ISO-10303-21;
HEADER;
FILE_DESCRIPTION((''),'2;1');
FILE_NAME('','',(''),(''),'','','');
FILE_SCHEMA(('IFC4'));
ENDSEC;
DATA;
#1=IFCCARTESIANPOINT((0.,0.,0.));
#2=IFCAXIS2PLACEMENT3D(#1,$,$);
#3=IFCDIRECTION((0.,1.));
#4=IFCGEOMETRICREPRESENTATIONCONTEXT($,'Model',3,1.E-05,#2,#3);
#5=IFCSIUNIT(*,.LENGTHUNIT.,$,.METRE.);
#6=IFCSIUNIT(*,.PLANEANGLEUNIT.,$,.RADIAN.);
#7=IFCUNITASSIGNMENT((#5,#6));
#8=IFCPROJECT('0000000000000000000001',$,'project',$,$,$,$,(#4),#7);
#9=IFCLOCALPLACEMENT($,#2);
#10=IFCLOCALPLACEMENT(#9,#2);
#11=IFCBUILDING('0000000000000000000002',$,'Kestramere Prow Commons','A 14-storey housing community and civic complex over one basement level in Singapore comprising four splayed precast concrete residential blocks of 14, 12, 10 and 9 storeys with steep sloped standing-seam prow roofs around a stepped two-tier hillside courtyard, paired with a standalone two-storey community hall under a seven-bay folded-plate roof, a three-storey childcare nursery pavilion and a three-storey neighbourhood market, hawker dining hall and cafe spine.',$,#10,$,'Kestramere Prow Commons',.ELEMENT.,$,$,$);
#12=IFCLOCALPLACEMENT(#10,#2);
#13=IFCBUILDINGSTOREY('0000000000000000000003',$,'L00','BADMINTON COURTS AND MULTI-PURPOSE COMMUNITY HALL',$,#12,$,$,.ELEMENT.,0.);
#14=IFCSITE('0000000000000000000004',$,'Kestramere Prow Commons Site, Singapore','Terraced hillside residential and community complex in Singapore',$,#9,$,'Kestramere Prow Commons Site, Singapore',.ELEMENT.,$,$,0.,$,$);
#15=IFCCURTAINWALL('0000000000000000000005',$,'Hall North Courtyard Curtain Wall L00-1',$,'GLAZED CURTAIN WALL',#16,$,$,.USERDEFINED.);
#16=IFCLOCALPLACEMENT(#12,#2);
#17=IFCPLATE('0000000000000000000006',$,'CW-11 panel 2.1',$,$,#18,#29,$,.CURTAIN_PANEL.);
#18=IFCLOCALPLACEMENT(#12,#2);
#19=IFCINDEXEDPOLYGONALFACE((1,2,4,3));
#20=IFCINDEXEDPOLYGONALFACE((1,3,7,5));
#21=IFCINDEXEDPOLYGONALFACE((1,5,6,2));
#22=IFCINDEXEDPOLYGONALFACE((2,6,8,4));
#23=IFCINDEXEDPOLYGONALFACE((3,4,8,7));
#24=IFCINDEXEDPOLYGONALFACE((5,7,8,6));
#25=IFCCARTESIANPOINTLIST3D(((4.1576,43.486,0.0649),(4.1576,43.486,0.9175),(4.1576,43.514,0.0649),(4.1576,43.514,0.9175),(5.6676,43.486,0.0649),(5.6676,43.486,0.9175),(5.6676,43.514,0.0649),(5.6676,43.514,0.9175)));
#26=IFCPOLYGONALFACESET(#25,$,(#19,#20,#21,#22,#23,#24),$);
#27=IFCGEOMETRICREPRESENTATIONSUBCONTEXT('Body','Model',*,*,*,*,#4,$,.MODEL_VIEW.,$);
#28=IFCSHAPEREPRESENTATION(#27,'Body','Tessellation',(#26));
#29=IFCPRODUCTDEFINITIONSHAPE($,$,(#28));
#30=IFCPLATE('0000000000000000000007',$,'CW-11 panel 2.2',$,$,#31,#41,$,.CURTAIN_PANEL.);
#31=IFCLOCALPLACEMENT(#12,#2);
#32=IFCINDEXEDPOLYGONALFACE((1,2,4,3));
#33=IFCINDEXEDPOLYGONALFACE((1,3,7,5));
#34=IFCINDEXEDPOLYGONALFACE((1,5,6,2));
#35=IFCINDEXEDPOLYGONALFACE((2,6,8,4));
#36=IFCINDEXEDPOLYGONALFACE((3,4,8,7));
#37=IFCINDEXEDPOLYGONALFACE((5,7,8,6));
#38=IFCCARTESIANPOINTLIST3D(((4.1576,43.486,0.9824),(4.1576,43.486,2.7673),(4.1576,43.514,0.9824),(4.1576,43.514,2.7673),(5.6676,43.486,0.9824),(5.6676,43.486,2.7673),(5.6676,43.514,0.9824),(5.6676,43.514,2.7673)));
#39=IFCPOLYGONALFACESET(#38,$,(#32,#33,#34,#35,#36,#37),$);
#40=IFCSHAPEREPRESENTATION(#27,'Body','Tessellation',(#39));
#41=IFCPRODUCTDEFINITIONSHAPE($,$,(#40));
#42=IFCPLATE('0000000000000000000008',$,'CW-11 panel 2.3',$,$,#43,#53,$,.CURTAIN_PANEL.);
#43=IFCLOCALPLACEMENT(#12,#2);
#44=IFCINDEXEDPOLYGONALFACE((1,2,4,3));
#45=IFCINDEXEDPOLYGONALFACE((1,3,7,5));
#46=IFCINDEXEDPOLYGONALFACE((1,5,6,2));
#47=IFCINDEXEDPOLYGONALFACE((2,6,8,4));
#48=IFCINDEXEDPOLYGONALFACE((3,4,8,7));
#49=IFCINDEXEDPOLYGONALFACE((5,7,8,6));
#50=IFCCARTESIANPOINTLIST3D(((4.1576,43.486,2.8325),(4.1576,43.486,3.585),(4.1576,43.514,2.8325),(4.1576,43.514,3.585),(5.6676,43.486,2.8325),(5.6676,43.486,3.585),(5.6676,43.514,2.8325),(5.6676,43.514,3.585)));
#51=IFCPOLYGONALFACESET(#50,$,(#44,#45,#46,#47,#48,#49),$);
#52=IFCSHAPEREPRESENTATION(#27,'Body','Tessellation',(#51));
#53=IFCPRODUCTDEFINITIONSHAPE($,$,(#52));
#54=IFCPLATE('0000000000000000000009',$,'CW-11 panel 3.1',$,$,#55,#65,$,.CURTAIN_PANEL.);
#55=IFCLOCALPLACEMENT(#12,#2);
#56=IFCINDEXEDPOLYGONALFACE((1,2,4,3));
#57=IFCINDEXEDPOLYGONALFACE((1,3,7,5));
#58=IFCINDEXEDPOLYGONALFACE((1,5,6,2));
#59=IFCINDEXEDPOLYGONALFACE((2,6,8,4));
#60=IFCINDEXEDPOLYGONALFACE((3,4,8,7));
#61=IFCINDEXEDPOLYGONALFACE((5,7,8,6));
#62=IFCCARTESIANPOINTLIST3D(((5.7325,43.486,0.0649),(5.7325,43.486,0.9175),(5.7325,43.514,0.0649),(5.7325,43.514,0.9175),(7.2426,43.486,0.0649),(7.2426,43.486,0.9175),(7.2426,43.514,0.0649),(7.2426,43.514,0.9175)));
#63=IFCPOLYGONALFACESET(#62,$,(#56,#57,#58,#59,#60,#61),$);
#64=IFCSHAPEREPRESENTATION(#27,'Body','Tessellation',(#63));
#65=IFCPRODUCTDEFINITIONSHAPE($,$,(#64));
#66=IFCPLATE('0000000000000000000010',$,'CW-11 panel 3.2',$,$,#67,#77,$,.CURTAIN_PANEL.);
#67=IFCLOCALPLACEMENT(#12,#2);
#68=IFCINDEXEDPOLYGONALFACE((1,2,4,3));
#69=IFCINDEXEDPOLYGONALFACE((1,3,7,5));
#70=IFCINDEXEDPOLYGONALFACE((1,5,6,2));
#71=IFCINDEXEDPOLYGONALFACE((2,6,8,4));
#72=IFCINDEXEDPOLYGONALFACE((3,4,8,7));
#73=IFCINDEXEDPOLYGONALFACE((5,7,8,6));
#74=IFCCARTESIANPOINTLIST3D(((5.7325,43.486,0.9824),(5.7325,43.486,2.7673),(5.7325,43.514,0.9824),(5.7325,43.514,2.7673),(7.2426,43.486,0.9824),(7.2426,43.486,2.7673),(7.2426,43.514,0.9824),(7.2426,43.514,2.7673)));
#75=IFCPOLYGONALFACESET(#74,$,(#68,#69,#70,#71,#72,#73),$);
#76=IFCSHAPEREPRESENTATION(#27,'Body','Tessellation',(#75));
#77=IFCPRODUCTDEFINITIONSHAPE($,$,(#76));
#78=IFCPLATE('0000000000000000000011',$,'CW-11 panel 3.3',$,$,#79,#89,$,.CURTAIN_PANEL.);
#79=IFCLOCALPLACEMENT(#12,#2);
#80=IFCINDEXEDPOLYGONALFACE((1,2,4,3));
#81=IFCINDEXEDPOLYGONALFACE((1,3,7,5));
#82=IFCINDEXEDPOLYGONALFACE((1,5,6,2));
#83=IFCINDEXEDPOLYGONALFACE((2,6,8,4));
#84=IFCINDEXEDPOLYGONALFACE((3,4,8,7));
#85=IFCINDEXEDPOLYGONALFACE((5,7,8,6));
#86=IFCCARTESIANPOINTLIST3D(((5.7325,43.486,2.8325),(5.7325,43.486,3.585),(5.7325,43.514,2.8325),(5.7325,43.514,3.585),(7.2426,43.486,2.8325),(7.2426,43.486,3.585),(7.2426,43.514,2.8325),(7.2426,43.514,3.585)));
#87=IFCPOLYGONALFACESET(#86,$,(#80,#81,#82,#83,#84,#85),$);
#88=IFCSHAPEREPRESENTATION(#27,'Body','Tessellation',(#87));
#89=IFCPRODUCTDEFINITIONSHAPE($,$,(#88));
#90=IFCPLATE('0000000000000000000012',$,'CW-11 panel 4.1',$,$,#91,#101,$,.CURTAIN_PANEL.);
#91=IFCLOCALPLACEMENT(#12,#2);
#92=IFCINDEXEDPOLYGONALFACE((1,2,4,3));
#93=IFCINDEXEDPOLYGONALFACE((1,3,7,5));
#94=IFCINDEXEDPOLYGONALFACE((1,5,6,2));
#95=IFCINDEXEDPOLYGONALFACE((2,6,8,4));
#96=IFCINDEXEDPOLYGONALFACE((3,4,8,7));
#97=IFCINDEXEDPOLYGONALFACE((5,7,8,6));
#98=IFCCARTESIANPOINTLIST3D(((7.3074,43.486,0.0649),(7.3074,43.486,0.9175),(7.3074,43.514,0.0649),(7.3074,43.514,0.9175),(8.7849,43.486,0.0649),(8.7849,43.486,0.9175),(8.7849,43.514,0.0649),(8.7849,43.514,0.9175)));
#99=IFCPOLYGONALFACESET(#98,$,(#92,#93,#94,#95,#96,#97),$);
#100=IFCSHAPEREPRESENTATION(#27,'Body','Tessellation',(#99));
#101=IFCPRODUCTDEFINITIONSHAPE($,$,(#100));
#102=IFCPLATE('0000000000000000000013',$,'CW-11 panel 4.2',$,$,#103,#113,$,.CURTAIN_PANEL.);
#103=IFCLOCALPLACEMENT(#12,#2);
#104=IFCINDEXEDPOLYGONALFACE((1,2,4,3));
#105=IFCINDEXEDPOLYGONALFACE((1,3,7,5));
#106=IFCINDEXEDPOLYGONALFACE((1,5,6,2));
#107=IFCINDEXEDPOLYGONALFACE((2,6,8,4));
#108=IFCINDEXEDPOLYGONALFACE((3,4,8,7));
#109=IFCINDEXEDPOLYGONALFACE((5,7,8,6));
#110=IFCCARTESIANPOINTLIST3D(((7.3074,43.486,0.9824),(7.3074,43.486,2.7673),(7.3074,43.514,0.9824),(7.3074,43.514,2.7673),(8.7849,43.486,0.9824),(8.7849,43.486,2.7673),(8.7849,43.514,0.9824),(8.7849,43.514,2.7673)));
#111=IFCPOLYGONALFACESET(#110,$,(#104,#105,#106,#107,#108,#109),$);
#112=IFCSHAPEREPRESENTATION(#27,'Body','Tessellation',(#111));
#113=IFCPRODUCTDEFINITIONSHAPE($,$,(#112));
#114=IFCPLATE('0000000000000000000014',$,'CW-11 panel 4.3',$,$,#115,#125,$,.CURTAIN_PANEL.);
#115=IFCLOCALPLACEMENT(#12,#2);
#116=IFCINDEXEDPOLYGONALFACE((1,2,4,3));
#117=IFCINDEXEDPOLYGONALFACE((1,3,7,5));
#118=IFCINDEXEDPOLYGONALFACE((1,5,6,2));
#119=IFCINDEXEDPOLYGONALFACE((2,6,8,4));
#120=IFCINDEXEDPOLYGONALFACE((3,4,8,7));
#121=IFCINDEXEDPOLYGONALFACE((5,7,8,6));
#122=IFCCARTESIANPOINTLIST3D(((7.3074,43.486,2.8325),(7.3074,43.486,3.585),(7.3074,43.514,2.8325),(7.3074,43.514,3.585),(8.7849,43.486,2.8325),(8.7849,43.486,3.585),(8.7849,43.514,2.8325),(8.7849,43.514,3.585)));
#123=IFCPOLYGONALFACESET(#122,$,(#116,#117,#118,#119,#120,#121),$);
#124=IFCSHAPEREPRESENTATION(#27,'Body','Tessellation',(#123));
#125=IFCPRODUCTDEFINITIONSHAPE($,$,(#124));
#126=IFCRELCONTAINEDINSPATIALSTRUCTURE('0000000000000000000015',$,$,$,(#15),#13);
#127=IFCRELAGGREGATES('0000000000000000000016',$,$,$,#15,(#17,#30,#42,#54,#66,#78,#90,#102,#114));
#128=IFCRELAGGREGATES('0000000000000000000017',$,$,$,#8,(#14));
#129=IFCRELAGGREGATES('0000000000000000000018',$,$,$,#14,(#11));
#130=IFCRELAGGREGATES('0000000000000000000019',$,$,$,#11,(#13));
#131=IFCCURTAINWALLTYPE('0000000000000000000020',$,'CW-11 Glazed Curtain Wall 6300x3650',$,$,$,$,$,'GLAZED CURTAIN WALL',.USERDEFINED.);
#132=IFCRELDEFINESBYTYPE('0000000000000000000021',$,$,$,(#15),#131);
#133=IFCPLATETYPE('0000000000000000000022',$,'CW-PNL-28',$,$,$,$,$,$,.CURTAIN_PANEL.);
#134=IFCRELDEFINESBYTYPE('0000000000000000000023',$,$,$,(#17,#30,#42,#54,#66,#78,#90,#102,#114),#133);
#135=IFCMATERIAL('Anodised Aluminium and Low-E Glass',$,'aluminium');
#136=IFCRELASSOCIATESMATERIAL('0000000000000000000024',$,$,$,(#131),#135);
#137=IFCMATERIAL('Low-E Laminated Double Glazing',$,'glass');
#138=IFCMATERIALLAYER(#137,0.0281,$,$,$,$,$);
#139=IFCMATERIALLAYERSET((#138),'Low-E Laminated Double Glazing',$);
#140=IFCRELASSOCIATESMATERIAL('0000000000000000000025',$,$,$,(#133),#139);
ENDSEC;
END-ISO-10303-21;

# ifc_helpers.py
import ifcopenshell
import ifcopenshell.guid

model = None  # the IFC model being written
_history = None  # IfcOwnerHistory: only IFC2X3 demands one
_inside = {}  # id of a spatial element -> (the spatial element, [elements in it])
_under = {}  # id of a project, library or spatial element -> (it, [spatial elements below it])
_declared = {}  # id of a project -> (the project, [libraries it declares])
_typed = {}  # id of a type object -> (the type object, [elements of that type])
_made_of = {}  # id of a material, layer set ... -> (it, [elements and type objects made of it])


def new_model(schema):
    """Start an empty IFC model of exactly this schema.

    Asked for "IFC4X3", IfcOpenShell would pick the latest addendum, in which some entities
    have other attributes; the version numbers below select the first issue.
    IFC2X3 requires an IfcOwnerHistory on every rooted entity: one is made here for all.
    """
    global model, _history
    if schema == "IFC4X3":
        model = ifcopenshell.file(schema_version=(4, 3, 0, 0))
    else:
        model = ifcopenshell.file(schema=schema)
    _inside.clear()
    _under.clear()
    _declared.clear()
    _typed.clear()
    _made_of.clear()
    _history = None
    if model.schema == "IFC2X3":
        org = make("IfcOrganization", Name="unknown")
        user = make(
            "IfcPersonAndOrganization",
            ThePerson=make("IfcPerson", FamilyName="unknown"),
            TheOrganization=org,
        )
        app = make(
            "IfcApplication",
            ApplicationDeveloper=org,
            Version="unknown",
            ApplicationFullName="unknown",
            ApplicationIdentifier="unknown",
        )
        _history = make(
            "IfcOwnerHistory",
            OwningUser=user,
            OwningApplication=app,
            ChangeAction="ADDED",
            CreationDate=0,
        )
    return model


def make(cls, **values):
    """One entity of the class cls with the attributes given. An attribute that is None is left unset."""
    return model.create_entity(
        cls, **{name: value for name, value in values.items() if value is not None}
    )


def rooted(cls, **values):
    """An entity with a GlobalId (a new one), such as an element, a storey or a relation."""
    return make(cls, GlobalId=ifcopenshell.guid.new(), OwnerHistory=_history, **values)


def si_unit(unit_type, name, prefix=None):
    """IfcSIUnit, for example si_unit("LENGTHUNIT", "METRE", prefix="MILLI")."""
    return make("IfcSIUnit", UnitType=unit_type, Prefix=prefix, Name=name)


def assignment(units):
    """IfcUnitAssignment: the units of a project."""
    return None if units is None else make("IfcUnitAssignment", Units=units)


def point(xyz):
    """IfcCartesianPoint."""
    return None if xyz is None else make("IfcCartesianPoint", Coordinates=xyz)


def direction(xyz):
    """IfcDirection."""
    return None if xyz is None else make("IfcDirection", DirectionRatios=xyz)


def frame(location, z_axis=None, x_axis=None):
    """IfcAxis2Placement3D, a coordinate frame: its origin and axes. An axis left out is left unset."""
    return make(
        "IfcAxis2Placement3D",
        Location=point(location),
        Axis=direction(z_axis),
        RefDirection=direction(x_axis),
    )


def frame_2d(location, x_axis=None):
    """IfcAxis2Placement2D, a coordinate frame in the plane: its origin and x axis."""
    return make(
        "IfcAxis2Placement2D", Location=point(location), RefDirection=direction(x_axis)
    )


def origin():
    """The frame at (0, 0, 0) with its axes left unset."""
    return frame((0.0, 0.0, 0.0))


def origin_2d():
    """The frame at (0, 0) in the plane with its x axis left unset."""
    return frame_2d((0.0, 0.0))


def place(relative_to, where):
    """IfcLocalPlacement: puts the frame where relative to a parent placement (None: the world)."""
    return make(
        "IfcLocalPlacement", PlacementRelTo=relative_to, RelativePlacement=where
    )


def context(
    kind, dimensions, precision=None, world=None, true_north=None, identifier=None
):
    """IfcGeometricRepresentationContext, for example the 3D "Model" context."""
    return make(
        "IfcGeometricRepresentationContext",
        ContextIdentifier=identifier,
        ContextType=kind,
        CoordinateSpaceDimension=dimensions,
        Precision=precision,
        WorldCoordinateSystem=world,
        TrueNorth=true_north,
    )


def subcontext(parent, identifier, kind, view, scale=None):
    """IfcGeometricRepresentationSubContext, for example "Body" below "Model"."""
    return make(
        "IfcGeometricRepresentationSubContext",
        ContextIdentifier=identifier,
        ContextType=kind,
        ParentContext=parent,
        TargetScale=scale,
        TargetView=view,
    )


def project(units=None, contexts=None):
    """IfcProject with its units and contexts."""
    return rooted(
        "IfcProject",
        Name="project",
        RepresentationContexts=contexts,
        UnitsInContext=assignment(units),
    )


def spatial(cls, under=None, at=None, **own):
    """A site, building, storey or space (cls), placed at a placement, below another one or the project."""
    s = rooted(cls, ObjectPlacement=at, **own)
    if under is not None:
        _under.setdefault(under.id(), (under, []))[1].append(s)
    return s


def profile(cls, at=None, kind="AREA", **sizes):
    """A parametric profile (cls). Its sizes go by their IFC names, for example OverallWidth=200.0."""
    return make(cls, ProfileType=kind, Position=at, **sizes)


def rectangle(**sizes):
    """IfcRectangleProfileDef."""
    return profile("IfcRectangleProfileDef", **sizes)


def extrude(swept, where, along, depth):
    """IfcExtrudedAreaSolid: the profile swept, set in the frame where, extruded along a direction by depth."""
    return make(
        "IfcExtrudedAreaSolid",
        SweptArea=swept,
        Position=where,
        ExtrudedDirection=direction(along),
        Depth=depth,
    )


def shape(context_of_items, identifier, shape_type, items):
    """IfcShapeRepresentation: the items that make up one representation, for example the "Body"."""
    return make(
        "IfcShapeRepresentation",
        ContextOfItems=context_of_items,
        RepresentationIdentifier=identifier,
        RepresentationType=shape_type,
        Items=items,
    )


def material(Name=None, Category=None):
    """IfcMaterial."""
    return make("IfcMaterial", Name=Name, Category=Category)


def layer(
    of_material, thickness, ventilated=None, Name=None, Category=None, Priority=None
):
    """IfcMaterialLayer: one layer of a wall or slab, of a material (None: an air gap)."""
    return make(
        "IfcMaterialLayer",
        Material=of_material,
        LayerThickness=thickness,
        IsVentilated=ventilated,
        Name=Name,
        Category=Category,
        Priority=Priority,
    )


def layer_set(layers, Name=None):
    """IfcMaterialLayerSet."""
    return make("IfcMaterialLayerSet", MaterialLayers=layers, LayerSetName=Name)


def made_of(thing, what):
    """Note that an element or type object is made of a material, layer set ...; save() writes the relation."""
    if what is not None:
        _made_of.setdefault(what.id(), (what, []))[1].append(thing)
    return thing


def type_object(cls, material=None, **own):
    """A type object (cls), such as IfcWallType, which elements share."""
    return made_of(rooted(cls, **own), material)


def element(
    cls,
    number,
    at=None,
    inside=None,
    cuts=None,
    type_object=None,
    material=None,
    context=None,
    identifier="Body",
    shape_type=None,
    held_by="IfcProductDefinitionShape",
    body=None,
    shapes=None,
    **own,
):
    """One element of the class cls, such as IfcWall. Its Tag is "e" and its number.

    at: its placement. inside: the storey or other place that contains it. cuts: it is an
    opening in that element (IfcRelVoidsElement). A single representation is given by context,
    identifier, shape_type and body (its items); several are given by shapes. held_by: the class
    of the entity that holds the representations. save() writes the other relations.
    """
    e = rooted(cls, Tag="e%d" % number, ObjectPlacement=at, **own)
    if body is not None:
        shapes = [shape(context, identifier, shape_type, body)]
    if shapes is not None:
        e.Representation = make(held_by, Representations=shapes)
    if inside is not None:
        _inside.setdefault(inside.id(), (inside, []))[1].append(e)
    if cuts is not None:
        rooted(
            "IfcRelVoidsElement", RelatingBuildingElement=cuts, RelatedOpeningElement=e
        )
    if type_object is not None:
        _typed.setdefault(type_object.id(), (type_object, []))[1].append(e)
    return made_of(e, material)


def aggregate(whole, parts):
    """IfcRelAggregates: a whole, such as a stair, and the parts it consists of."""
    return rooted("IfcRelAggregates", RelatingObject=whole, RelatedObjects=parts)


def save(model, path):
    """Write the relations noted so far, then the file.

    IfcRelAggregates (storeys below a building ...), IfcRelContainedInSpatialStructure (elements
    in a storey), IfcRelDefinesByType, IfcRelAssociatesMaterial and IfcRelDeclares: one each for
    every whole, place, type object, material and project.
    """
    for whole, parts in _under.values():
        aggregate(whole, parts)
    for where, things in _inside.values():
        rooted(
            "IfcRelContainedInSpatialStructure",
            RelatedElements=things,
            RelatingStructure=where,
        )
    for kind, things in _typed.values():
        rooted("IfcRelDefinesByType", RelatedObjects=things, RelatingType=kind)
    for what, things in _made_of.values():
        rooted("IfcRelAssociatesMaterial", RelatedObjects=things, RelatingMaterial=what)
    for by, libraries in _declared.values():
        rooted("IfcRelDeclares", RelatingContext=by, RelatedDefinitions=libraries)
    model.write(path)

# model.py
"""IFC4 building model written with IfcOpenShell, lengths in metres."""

from ifc_helpers import new_model, si_unit, direction, frame, origin, origin_2d, place, context, subcontext, project, spatial, rectangle, extrude, material, layer, layer_set, type_object, element, aggregate, save


model = new_model("IFC4")

# Units and contexts
model_context = context("Model", 3, precision=1e-05, world=origin(), true_north=direction((0.0, 1.0)))
body_context = subcontext(model_context, "Body", "Model", "MODEL_VIEW")
ifc_project = project(units=[si_unit("LENGTHUNIT", "METRE"), si_unit("PLANEANGLEUNIT", "RADIAN")], contexts=[model_context])

# Site, building, storey
site_placement = place(None, origin())
site = spatial("IfcSite", under=ifc_project, at=site_placement, Name="Kestramere Prow Commons Site, Singapore", Description="Terraced hillside residential and community complex in Singapore", LongName="Kestramere Prow Commons Site, Singapore", CompositionType="ELEMENT", RefElevation=0.0)
building_placement = place(site_placement, origin())
building = spatial("IfcBuilding", under=site, at=building_placement, Name="Kestramere Prow Commons", Description="A 14-storey housing community and civic complex over one basement level in Singapore comprising four splayed precast concrete residential blocks of 14, 12, 10 and 9 storeys with steep sloped standing-seam prow roofs around a stepped two-tier hillside courtyard, paired with a standalone two-storey community hall under a seven-bay folded-plate roof, a three-storey childcare nursery pavilion and a three-storey neighbourhood market, hawker dining hall and cafe spine.", LongName="Kestramere Prow Commons", CompositionType="ELEMENT")
storey_placement = place(building_placement, origin())
storey = spatial("IfcBuildingStorey", under=building, at=storey_placement, Name="L00", Description="BADMINTON COURTS AND MULTI-PURPOSE COMMUNITY HALL", CompositionType="ELEMENT", Elevation=0.0)

# Curtain wall, plates
ifc_material_1 = material(Name="Anodised Aluminium and Low-E Glass", Category="aluminium")
curtain_wall_type = type_object("IfcCurtainWallType", Name="CW-11 Glazed Curtain Wall 6300x3650", ElementType="GLAZED CURTAIN WALL", PredefinedType="USERDEFINED", material=ifc_material_1)
curtain_wall_placement = place(storey_placement, origin())
curtain_wall = element("IfcCurtainWall", 1, at=curtain_wall_placement, inside=storey, type_object=curtain_wall_type, Name="Hall North Courtyard Curtain Wall L00-1", ObjectType="GLAZED CURTAIN WALL", PredefinedType="USERDEFINED")
ifc_material_2 = material(Name="Low-E Laminated Double Glazing", Category="glass")
ifc_layer = layer(ifc_material_2, 0.0281)
ifc_layer_set = layer_set([ifc_layer], Name="Low-E Laminated Double Glazing")
plate_type = type_object("IfcPlateType", Name="CW-PNL-28", PredefinedType="CURTAIN_PANEL", material=ifc_layer_set)
plate_1_placement = place(storey_placement, frame((4.9126, 43.5, 0.0649), z_axis=(0.0, 0.0, 1.0), x_axis=(1.0, 0.0, 0.0)))
plate_1 = element("IfcPlate", 2, at=plate_1_placement, type_object=plate_type, Name="CW-11 panel 2.1", PredefinedType="CURTAIN_PANEL", context=body_context, shape_type="SweptSolid", body=[
    extrude(rectangle(XDim=1.51, YDim=0.0281, at=origin_2d()), origin(), (0.0, 0.0, 1.0), 0.8525),
])
plate_2_placement = place(storey_placement, frame((4.9126, 43.5, 0.9824), z_axis=(0.0, 0.0, 1.0), x_axis=(1.0, 0.0, 0.0)))
plate_2 = element("IfcPlate", 3, at=plate_2_placement, type_object=plate_type, Name="CW-11 panel 2.2", PredefinedType="CURTAIN_PANEL", context=body_context, shape_type="SweptSolid", body=[
    extrude(rectangle(XDim=1.51, YDim=0.0281, at=origin_2d()), origin(), (0.0, 0.0, 1.0), 1.7849),
])
plate_3_placement = place(storey_placement, frame((4.9126, 43.5, 2.8325), z_axis=(0.0, 0.0, 1.0), x_axis=(1.0, 0.0, 0.0)))
plate_3 = element("IfcPlate", 4, at=plate_3_placement, type_object=plate_type, Name="CW-11 panel 2.3", PredefinedType="CURTAIN_PANEL", context=body_context, shape_type="SweptSolid", body=[
    extrude(rectangle(XDim=1.51, YDim=0.0281, at=origin_2d()), origin(), (0.0, 0.0, 1.0), 0.7524),
])
plate_4_placement = place(storey_placement, frame((6.4875, 43.5, 0.0649), z_axis=(0.0, 0.0, 1.0), x_axis=(1.0, 0.0, 0.0)))
plate_4 = element("IfcPlate", 5, at=plate_4_placement, type_object=plate_type, Name="CW-11 panel 3.1", PredefinedType="CURTAIN_PANEL", context=body_context, shape_type="SweptSolid", body=[
    extrude(rectangle(XDim=1.51, YDim=0.0281, at=origin_2d()), origin(), (0.0, 0.0, 1.0), 0.8525),
])
plate_5_placement = place(storey_placement, frame((6.4875, 43.5, 0.9824), z_axis=(0.0, 0.0, 1.0), x_axis=(1.0, 0.0, 0.0)))
plate_5 = element("IfcPlate", 6, at=plate_5_placement, type_object=plate_type, Name="CW-11 panel 3.2", PredefinedType="CURTAIN_PANEL", context=body_context, shape_type="SweptSolid", body=[
    extrude(rectangle(XDim=1.51, YDim=0.0281, at=origin_2d()), origin(), (0.0, 0.0, 1.0), 1.7849),
])
plate_6_placement = place(storey_placement, frame((6.4875, 43.5, 2.8325), z_axis=(0.0, 0.0, 1.0), x_axis=(1.0, 0.0, 0.0)))
plate_6 = element("IfcPlate", 7, at=plate_6_placement, type_object=plate_type, Name="CW-11 panel 3.3", PredefinedType="CURTAIN_PANEL", context=body_context, shape_type="SweptSolid", body=[
    extrude(rectangle(XDim=1.51, YDim=0.0281, at=origin_2d()), origin(), (0.0, 0.0, 1.0), 0.7524),
])
plate_7_placement = place(storey_placement, frame((8.0461, 43.5, 0.0649), z_axis=(0.0, 0.0, 1.0), x_axis=(1.0, 0.0, 0.0)))
plate_7 = element("IfcPlate", 8, at=plate_7_placement, type_object=plate_type, Name="CW-11 panel 4.1", PredefinedType="CURTAIN_PANEL", context=body_context, shape_type="SweptSolid", body=[
    extrude(rectangle(XDim=1.4775, YDim=0.0281, at=origin_2d()), origin(), (0.0, 0.0, 1.0), 0.8525),
])
plate_8_placement = place(storey_placement, frame((8.0461, 43.5, 0.9824), z_axis=(0.0, 0.0, 1.0), x_axis=(1.0, 0.0, 0.0)))
plate_8 = element("IfcPlate", 9, at=plate_8_placement, type_object=plate_type, Name="CW-11 panel 4.2", PredefinedType="CURTAIN_PANEL", context=body_context, shape_type="SweptSolid", body=[
    extrude(rectangle(XDim=1.4775, YDim=0.0281, at=origin_2d()), origin(), (0.0, 0.0, 1.0), 1.7849),
])
plate_9_placement = place(storey_placement, frame((8.0461, 43.5, 2.8325), z_axis=(0.0, 0.0, 1.0), x_axis=(1.0, 0.0, 0.0)))
plate_9 = element("IfcPlate", 10, at=plate_9_placement, type_object=plate_type, Name="CW-11 panel 4.3", PredefinedType="CURTAIN_PANEL", context=body_context, shape_type="SweptSolid", body=[
    extrude(rectangle(XDim=1.4775, YDim=0.0281, at=origin_2d()), origin(), (0.0, 0.0, 1.0), 0.7524),
])
aggregate(curtain_wall, [plate_1, plate_2, plate_3, plate_4, plate_5, plate_6, plate_7, plate_8, plate_9])

save(model, "model.ifc")
